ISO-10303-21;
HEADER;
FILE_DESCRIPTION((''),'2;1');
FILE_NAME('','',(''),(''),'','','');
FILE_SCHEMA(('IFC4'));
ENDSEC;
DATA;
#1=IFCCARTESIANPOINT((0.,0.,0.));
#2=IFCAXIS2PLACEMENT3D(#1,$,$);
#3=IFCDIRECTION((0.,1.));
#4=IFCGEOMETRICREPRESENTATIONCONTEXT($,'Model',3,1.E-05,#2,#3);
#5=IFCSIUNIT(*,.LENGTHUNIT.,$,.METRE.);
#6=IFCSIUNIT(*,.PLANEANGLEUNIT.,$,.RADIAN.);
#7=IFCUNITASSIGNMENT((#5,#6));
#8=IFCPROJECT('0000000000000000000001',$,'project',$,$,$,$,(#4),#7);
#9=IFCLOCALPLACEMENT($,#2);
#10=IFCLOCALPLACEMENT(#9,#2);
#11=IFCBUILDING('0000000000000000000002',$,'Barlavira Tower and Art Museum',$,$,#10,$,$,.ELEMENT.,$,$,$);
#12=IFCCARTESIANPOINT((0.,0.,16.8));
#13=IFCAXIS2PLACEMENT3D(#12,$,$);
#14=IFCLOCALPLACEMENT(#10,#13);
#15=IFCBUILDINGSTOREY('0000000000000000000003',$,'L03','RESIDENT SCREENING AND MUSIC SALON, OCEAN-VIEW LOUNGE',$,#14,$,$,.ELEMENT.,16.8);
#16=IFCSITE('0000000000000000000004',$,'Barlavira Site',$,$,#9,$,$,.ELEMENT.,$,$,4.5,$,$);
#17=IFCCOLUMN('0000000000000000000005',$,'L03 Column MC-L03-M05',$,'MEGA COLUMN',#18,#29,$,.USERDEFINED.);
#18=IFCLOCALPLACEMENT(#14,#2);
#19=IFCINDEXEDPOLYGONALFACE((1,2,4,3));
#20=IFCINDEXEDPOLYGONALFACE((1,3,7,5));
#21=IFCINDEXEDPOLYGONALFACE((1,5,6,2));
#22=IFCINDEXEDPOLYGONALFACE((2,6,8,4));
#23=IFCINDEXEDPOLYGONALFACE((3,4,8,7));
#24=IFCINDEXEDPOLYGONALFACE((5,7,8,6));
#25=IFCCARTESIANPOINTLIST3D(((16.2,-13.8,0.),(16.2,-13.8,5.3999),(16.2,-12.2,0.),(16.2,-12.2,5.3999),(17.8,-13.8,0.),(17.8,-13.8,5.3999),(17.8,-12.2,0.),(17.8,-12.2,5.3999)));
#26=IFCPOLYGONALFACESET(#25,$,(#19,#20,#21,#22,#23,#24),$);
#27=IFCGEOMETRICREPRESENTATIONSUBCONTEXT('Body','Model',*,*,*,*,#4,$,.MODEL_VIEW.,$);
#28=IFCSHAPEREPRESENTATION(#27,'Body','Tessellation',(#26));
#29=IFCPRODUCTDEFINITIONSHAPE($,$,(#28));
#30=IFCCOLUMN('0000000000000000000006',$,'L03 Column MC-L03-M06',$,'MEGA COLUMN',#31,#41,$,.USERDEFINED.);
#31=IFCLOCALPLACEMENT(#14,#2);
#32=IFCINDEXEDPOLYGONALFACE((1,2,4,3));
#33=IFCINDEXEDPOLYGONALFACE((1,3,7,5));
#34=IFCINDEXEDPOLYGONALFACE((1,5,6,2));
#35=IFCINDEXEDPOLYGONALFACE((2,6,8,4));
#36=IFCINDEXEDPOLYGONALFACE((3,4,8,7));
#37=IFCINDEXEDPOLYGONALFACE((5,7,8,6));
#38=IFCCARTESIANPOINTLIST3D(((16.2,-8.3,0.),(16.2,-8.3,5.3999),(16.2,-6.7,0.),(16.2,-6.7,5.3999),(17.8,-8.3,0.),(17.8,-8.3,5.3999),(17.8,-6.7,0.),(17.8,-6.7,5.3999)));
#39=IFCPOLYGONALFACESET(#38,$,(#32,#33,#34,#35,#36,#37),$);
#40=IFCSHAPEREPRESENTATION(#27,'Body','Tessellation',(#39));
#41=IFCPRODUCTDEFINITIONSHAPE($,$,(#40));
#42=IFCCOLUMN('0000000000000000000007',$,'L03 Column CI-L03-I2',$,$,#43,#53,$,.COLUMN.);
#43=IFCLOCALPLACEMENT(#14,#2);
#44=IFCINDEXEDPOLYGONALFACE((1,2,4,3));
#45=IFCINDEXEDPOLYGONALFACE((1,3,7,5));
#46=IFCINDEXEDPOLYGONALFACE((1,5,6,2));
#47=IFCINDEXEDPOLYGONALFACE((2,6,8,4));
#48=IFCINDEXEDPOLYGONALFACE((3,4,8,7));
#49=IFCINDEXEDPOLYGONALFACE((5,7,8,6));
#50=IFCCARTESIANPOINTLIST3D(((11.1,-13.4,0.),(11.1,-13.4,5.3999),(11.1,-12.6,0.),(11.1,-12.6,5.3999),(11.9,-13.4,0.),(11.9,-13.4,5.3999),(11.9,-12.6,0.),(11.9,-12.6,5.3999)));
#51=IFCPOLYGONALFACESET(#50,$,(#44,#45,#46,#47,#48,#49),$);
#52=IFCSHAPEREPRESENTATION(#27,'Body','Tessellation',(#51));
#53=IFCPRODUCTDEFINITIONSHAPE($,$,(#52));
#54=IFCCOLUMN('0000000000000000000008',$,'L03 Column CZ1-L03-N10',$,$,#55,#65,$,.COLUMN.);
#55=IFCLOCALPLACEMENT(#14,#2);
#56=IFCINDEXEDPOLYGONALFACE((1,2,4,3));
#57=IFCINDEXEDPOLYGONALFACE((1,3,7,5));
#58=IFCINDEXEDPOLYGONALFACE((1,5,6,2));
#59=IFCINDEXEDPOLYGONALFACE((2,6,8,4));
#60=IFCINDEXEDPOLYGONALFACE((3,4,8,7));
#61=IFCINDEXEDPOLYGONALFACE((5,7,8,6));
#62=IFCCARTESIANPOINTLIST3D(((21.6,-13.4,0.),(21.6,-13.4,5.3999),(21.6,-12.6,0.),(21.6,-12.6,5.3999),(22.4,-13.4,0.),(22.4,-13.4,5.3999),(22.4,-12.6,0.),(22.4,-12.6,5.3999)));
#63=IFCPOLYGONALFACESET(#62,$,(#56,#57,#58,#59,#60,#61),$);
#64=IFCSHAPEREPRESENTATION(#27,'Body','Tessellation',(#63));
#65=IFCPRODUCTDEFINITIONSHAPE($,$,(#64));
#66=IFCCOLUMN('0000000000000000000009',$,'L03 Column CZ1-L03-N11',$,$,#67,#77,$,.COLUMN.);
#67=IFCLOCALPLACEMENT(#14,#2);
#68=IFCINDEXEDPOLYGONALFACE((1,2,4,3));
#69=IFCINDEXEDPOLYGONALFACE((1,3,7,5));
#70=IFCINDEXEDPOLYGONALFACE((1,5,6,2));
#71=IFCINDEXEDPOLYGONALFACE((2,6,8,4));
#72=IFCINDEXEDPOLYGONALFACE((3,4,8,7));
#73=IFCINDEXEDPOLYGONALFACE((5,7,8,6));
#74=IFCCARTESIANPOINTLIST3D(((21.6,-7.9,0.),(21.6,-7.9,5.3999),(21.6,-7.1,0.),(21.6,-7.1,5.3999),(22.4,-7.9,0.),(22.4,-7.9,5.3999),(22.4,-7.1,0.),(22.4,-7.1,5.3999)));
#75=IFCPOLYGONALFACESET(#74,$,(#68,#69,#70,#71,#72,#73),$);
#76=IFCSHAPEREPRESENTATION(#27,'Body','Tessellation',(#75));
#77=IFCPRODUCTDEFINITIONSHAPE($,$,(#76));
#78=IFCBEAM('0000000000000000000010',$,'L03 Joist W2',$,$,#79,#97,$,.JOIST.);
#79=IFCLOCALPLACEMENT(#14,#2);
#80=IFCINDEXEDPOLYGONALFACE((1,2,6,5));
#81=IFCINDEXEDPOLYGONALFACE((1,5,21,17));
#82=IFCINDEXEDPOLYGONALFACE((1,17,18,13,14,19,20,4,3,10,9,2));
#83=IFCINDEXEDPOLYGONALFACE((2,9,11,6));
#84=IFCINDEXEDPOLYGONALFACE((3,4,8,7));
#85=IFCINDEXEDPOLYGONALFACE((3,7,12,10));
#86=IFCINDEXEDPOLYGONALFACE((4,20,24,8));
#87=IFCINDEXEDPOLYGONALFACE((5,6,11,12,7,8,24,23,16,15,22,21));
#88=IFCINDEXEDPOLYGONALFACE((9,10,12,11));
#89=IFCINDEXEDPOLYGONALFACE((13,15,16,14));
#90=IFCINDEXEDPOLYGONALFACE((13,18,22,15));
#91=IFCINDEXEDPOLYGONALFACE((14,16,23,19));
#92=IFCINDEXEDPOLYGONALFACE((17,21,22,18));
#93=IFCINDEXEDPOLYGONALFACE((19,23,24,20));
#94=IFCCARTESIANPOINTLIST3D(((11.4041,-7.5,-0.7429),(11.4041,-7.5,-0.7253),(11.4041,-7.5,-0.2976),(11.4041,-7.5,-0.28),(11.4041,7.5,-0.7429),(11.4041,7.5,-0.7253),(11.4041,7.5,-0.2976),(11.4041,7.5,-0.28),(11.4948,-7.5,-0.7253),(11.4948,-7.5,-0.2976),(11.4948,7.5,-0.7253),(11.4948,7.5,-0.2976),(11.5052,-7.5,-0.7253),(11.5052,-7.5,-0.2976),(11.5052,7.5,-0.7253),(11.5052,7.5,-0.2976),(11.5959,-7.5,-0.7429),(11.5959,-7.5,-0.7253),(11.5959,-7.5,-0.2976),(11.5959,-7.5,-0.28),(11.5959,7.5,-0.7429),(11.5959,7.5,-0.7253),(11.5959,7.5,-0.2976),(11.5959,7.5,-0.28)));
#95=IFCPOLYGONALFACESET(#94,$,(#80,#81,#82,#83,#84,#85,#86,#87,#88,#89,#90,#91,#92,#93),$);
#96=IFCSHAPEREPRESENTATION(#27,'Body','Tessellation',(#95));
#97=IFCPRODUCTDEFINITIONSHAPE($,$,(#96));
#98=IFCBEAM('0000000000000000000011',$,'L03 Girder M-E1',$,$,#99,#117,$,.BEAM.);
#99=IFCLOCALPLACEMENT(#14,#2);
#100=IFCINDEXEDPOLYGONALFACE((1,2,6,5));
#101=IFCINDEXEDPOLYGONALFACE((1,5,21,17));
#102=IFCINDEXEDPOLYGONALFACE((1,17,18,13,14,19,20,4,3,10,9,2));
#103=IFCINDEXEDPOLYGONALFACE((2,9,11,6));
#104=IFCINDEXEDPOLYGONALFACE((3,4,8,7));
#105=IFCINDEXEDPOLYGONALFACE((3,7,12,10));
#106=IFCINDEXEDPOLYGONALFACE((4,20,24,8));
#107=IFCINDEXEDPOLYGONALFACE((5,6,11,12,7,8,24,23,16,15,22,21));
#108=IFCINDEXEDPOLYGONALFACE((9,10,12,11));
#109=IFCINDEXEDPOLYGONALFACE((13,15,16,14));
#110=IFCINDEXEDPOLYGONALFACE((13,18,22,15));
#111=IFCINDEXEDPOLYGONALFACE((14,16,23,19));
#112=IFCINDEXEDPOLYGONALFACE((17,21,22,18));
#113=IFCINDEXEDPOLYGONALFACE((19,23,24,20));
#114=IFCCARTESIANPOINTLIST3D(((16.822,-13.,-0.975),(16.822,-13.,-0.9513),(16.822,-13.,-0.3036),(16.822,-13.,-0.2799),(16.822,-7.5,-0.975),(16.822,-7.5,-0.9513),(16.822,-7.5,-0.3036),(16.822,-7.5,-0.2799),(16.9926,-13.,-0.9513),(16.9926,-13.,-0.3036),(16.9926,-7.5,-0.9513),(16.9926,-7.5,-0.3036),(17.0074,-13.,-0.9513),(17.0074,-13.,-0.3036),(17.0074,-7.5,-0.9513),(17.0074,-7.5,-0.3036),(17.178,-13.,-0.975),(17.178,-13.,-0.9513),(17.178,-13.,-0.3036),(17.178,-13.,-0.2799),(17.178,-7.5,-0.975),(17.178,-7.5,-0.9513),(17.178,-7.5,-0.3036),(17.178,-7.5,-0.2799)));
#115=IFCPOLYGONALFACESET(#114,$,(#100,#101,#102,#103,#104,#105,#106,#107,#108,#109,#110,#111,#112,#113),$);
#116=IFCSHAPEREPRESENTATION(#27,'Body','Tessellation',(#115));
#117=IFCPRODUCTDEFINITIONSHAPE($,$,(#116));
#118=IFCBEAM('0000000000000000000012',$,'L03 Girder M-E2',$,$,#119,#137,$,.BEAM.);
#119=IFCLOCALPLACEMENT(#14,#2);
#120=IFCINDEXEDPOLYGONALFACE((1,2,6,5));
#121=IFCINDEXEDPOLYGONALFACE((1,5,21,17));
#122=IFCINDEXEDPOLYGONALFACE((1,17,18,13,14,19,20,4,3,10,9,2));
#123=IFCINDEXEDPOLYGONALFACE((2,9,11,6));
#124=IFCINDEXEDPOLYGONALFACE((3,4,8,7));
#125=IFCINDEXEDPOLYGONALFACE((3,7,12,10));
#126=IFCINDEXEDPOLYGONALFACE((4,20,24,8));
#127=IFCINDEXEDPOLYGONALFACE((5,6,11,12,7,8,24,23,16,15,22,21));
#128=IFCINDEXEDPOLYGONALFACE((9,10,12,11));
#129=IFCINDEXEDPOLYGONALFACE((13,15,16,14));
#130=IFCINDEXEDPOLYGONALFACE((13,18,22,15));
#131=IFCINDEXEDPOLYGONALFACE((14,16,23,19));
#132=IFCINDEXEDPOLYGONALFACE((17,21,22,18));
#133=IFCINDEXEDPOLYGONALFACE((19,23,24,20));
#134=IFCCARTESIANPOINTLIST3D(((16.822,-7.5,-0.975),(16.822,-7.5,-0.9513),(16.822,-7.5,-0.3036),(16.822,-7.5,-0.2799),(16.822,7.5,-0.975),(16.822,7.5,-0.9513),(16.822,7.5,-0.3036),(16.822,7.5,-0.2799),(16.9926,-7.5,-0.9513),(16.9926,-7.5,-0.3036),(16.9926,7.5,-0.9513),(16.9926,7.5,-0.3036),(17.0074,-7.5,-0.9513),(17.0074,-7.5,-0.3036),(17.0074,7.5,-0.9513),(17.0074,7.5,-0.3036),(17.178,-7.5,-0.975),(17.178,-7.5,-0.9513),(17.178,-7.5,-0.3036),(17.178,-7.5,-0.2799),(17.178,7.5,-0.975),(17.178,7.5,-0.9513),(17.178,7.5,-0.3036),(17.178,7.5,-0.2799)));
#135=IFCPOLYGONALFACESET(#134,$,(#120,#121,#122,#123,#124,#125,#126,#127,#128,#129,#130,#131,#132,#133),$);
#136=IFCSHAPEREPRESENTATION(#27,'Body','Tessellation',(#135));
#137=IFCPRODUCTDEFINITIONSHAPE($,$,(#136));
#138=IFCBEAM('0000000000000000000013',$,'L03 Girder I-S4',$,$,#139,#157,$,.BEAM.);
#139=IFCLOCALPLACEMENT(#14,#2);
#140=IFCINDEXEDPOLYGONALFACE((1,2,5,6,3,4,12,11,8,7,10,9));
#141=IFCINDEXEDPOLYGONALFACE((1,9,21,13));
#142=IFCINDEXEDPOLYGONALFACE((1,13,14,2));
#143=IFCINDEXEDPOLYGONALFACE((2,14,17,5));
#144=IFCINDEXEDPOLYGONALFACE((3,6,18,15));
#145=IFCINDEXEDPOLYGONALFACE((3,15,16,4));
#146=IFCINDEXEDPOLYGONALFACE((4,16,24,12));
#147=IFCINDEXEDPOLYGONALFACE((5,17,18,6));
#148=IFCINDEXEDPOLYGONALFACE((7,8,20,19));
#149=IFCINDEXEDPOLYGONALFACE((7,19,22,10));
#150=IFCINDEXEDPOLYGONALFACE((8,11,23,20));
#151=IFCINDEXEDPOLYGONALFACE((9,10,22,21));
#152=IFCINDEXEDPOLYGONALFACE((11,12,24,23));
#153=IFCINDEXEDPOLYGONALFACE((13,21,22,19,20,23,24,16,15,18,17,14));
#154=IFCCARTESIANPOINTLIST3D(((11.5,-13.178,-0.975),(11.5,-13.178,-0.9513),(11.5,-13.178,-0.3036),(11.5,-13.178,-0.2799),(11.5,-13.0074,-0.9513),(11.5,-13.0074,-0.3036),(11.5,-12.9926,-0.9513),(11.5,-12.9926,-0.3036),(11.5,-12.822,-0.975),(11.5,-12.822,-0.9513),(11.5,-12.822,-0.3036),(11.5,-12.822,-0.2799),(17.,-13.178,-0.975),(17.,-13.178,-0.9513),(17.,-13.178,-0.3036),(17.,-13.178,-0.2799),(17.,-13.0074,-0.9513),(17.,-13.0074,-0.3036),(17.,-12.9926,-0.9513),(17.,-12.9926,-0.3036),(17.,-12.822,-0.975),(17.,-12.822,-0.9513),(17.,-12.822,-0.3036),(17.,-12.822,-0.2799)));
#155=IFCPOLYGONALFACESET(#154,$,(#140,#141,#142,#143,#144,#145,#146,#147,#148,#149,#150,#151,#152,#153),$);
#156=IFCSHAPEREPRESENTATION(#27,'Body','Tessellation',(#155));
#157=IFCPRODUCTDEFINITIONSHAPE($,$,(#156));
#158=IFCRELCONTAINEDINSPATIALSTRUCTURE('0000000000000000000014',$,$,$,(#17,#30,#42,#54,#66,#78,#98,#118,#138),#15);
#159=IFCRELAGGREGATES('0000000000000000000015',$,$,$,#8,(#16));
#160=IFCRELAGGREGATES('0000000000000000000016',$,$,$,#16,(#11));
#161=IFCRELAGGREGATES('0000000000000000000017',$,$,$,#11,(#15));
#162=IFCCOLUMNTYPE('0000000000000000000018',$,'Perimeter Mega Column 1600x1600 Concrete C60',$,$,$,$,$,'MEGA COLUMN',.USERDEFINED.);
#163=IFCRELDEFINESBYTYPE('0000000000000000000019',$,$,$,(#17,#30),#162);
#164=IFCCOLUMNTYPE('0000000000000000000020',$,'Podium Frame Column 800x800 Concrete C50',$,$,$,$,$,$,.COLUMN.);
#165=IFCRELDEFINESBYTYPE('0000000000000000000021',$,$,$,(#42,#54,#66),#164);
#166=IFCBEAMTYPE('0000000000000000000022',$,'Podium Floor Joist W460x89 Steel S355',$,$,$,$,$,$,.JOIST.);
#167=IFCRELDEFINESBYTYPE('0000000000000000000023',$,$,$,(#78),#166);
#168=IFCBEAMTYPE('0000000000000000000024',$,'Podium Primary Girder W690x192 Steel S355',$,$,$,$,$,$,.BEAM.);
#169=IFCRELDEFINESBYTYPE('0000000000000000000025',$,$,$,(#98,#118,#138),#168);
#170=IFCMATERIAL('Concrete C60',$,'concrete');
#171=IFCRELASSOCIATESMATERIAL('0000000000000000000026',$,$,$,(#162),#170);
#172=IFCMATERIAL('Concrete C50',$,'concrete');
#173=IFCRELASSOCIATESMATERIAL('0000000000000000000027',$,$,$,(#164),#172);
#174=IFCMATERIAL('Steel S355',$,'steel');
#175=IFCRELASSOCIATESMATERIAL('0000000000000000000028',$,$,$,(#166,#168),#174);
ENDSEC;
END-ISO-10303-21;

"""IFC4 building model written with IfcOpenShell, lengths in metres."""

from ifc_helpers import new_model, si_unit, direction, frame, origin, origin_2d, place, context, subcontext, project, spatial, rectangle, i_section, extrude, material, material_profile, profile_set, type_object, element, save


model = new_model("IFC4")

# Units and contexts
model_context = context("Model", 3, precision=1e-05, world=origin(), true_north=direction((0.0, 1.0)))
body_context = subcontext(model_context, "Body", "Model", "MODEL_VIEW")
ifc_project = project(units=[si_unit("LENGTHUNIT", "METRE"), si_unit("PLANEANGLEUNIT", "RADIAN")], contexts=[model_context])

# Site, building, storey
site_placement = place(None, origin())
site = spatial("IfcSite", under=ifc_project, at=site_placement, Name="Barlavira Site", CompositionType="ELEMENT", RefElevation=4.5)
building_placement = place(site_placement, origin())
building = spatial("IfcBuilding", under=site, at=building_placement, Name="Barlavira Tower and Art Museum", CompositionType="ELEMENT")
storey_placement = place(building_placement, frame((0.0, 0.0, 16.8)))
storey = spatial("IfcBuildingStorey", under=building, at=storey_placement, Name="L03", Description="RESIDENT SCREENING AND MUSIC SALON, OCEAN-VIEW LOUNGE", CompositionType="ELEMENT", Elevation=16.8)

# Columns
ifc_material_1 = material(Name="Concrete C60", Category="concrete")
ifc_material_profile_1 = material_profile(ifc_material_1, rectangle(XDim=1.6001, YDim=1.6001, at=origin_2d()), Name="RC-MCOL 1600x1600")
ifc_profile_set_1 = profile_set([ifc_material_profile_1], Name="Concrete C60")
column_type_1 = type_object("IfcColumnType", Name="Perimeter Mega Column 1600x1600 Concrete C60", ElementType="MEGA COLUMN", PredefinedType="USERDEFINED", material=ifc_profile_set_1)
for number, where, z_axis, x_axis, name in (
    (1, (17.0, -13.0, 0.0), (0.0, 0.0, 1.0), (1.0, 0.0, 0.0), "L03 Column MC-L03-M05"),
    (2, (17.0, -7.5, 0.0), (0.0, 0.0, 1.0), (1.0, 0.0, 0.0), "L03 Column MC-L03-M06"),
):
    element("IfcColumn", number, at=place(storey_placement, frame(where, z_axis=z_axis, x_axis=x_axis)), inside=storey, type_object=column_type_1, Name=name, ObjectType="MEGA COLUMN", PredefinedType="USERDEFINED", context=body_context, shape_type="SweptSolid", body=[
        extrude(rectangle(XDim=1.6001, YDim=1.6001, at=origin_2d()), origin(), (0.0, 0.0, 1.0), 5.3999),
    ])
ifc_material_2 = material(Name="Concrete C50", Category="concrete")
ifc_material_profile_2 = material_profile(ifc_material_2, rectangle(XDim=0.8, YDim=0.8, at=origin_2d()), Name="RC-COL 800x800")
ifc_profile_set_2 = profile_set([ifc_material_profile_2], Name="Concrete C50")
column_type_2 = type_object("IfcColumnType", Name="Podium Frame Column 800x800 Concrete C50", PredefinedType="COLUMN", material=ifc_profile_set_2)
for number, where, z_axis, x_axis, name in (
    (3, (11.5, -13.0, 0.0), (0.0, 0.0, 1.0), (1.0, 0.0, 0.0), "L03 Column CI-L03-I2"),
    (4, (22.0, -13.0, 0.0), (0.0, 0.0, 1.0), (1.0, 0.0, 0.0), "L03 Column CZ1-L03-N10"),
    (5, (22.0, -7.5, 0.0), (0.0, 0.0, 1.0), (1.0, 0.0, 0.0), "L03 Column CZ1-L03-N11"),
):
    element("IfcColumn", number, at=place(storey_placement, frame(where, z_axis=z_axis, x_axis=x_axis)), inside=storey, type_object=column_type_2, Name=name, PredefinedType="COLUMN", context=body_context, shape_type="SweptSolid", body=[
        extrude(rectangle(XDim=0.8, YDim=0.8, at=origin_2d()), origin(), (0.0, 0.0, 1.0), 5.3999),
    ])

# Beams
ifc_material_3 = material(Name="Steel S355", Category="steel")
ifc_material_profile_3 = material_profile(ifc_material_3, i_section(OverallWidth=0.1919, OverallDepth=0.4629, WebThickness=0.0105, FlangeThickness=0.0176, at=origin_2d()), Name="W460x89.0")
ifc_profile_set_3 = profile_set([ifc_material_profile_3], Name="Steel S355")
beam_type_1 = type_object("IfcBeamType", Name="Podium Floor Joist W460x89 Steel S355", PredefinedType="JOIST", material=ifc_profile_set_3)
beam_1_placement = place(storey_placement, frame((11.5, -7.5, -0.5115), z_axis=(0.0, 1.0, 0.0), x_axis=(-1.0, 0.0, 0.0)))
element("IfcBeam", 6, at=beam_1_placement, inside=storey, type_object=beam_type_1, Name="L03 Joist W2", PredefinedType="JOIST", context=body_context, shape_type="SweptSolid", body=[
    extrude(i_section(OverallWidth=0.1919, OverallDepth=0.4629, WebThickness=0.0105, FlangeThickness=0.0176, at=origin_2d()), origin(), (0.0, 0.0, 1.0), 15.0),
])
ifc_material_profile_4 = material_profile(ifc_material_3, i_section(OverallWidth=0.356, OverallDepth=0.6951, WebThickness=0.0149, FlangeThickness=0.0237, at=origin_2d()), Name="W690x192.0")
ifc_profile_set_4 = profile_set([ifc_material_profile_4], Name="Steel S355")
beam_type_2 = type_object("IfcBeamType", Name="Podium Primary Girder W690x192 Steel S355", PredefinedType="BEAM", material=ifc_profile_set_4)
beam_2_placement = place(storey_placement, frame((17.0, -13.0, -0.6274), z_axis=(0.0, 1.0, 0.0), x_axis=(-1.0, 0.0, 0.0)))
element("IfcBeam", 7, at=beam_2_placement, inside=storey, type_object=beam_type_2, Name="L03 Girder M-E1", PredefinedType="BEAM", context=body_context, shape_type="SweptSolid", body=[
    extrude(i_section(OverallWidth=0.356, OverallDepth=0.6951, WebThickness=0.0149, FlangeThickness=0.0237, at=origin_2d()), origin(), (0.0, 0.0, 1.0), 5.5),
])
beam_3_placement = place(storey_placement, frame((17.0, -7.5, -0.6274), z_axis=(0.0, 1.0, 0.0), x_axis=(-1.0, 0.0, 0.0)))
element("IfcBeam", 8, at=beam_3_placement, inside=storey, type_object=beam_type_2, Name="L03 Girder M-E2", PredefinedType="BEAM", context=body_context, shape_type="SweptSolid", body=[
    extrude(i_section(OverallWidth=0.356, OverallDepth=0.6951, WebThickness=0.0149, FlangeThickness=0.0237, at=origin_2d()), origin(), (0.0, 0.0, 1.0), 15.0),
])
beam_4_placement = place(storey_placement, frame((11.5, -13.0, -0.6274), z_axis=(1.0, 0.0, 0.0), x_axis=(0.0, 1.0, 0.0)))
element("IfcBeam", 9, at=beam_4_placement, inside=storey, type_object=beam_type_2, Name="L03 Girder I-S4", PredefinedType="BEAM", context=body_context, shape_type="SweptSolid", body=[
    extrude(i_section(OverallWidth=0.356, OverallDepth=0.6951, WebThickness=0.0149, FlangeThickness=0.0237, at=origin_2d()), origin(), (0.0, 0.0, 1.0), 5.5),
])

save(model, "model.ifc")
